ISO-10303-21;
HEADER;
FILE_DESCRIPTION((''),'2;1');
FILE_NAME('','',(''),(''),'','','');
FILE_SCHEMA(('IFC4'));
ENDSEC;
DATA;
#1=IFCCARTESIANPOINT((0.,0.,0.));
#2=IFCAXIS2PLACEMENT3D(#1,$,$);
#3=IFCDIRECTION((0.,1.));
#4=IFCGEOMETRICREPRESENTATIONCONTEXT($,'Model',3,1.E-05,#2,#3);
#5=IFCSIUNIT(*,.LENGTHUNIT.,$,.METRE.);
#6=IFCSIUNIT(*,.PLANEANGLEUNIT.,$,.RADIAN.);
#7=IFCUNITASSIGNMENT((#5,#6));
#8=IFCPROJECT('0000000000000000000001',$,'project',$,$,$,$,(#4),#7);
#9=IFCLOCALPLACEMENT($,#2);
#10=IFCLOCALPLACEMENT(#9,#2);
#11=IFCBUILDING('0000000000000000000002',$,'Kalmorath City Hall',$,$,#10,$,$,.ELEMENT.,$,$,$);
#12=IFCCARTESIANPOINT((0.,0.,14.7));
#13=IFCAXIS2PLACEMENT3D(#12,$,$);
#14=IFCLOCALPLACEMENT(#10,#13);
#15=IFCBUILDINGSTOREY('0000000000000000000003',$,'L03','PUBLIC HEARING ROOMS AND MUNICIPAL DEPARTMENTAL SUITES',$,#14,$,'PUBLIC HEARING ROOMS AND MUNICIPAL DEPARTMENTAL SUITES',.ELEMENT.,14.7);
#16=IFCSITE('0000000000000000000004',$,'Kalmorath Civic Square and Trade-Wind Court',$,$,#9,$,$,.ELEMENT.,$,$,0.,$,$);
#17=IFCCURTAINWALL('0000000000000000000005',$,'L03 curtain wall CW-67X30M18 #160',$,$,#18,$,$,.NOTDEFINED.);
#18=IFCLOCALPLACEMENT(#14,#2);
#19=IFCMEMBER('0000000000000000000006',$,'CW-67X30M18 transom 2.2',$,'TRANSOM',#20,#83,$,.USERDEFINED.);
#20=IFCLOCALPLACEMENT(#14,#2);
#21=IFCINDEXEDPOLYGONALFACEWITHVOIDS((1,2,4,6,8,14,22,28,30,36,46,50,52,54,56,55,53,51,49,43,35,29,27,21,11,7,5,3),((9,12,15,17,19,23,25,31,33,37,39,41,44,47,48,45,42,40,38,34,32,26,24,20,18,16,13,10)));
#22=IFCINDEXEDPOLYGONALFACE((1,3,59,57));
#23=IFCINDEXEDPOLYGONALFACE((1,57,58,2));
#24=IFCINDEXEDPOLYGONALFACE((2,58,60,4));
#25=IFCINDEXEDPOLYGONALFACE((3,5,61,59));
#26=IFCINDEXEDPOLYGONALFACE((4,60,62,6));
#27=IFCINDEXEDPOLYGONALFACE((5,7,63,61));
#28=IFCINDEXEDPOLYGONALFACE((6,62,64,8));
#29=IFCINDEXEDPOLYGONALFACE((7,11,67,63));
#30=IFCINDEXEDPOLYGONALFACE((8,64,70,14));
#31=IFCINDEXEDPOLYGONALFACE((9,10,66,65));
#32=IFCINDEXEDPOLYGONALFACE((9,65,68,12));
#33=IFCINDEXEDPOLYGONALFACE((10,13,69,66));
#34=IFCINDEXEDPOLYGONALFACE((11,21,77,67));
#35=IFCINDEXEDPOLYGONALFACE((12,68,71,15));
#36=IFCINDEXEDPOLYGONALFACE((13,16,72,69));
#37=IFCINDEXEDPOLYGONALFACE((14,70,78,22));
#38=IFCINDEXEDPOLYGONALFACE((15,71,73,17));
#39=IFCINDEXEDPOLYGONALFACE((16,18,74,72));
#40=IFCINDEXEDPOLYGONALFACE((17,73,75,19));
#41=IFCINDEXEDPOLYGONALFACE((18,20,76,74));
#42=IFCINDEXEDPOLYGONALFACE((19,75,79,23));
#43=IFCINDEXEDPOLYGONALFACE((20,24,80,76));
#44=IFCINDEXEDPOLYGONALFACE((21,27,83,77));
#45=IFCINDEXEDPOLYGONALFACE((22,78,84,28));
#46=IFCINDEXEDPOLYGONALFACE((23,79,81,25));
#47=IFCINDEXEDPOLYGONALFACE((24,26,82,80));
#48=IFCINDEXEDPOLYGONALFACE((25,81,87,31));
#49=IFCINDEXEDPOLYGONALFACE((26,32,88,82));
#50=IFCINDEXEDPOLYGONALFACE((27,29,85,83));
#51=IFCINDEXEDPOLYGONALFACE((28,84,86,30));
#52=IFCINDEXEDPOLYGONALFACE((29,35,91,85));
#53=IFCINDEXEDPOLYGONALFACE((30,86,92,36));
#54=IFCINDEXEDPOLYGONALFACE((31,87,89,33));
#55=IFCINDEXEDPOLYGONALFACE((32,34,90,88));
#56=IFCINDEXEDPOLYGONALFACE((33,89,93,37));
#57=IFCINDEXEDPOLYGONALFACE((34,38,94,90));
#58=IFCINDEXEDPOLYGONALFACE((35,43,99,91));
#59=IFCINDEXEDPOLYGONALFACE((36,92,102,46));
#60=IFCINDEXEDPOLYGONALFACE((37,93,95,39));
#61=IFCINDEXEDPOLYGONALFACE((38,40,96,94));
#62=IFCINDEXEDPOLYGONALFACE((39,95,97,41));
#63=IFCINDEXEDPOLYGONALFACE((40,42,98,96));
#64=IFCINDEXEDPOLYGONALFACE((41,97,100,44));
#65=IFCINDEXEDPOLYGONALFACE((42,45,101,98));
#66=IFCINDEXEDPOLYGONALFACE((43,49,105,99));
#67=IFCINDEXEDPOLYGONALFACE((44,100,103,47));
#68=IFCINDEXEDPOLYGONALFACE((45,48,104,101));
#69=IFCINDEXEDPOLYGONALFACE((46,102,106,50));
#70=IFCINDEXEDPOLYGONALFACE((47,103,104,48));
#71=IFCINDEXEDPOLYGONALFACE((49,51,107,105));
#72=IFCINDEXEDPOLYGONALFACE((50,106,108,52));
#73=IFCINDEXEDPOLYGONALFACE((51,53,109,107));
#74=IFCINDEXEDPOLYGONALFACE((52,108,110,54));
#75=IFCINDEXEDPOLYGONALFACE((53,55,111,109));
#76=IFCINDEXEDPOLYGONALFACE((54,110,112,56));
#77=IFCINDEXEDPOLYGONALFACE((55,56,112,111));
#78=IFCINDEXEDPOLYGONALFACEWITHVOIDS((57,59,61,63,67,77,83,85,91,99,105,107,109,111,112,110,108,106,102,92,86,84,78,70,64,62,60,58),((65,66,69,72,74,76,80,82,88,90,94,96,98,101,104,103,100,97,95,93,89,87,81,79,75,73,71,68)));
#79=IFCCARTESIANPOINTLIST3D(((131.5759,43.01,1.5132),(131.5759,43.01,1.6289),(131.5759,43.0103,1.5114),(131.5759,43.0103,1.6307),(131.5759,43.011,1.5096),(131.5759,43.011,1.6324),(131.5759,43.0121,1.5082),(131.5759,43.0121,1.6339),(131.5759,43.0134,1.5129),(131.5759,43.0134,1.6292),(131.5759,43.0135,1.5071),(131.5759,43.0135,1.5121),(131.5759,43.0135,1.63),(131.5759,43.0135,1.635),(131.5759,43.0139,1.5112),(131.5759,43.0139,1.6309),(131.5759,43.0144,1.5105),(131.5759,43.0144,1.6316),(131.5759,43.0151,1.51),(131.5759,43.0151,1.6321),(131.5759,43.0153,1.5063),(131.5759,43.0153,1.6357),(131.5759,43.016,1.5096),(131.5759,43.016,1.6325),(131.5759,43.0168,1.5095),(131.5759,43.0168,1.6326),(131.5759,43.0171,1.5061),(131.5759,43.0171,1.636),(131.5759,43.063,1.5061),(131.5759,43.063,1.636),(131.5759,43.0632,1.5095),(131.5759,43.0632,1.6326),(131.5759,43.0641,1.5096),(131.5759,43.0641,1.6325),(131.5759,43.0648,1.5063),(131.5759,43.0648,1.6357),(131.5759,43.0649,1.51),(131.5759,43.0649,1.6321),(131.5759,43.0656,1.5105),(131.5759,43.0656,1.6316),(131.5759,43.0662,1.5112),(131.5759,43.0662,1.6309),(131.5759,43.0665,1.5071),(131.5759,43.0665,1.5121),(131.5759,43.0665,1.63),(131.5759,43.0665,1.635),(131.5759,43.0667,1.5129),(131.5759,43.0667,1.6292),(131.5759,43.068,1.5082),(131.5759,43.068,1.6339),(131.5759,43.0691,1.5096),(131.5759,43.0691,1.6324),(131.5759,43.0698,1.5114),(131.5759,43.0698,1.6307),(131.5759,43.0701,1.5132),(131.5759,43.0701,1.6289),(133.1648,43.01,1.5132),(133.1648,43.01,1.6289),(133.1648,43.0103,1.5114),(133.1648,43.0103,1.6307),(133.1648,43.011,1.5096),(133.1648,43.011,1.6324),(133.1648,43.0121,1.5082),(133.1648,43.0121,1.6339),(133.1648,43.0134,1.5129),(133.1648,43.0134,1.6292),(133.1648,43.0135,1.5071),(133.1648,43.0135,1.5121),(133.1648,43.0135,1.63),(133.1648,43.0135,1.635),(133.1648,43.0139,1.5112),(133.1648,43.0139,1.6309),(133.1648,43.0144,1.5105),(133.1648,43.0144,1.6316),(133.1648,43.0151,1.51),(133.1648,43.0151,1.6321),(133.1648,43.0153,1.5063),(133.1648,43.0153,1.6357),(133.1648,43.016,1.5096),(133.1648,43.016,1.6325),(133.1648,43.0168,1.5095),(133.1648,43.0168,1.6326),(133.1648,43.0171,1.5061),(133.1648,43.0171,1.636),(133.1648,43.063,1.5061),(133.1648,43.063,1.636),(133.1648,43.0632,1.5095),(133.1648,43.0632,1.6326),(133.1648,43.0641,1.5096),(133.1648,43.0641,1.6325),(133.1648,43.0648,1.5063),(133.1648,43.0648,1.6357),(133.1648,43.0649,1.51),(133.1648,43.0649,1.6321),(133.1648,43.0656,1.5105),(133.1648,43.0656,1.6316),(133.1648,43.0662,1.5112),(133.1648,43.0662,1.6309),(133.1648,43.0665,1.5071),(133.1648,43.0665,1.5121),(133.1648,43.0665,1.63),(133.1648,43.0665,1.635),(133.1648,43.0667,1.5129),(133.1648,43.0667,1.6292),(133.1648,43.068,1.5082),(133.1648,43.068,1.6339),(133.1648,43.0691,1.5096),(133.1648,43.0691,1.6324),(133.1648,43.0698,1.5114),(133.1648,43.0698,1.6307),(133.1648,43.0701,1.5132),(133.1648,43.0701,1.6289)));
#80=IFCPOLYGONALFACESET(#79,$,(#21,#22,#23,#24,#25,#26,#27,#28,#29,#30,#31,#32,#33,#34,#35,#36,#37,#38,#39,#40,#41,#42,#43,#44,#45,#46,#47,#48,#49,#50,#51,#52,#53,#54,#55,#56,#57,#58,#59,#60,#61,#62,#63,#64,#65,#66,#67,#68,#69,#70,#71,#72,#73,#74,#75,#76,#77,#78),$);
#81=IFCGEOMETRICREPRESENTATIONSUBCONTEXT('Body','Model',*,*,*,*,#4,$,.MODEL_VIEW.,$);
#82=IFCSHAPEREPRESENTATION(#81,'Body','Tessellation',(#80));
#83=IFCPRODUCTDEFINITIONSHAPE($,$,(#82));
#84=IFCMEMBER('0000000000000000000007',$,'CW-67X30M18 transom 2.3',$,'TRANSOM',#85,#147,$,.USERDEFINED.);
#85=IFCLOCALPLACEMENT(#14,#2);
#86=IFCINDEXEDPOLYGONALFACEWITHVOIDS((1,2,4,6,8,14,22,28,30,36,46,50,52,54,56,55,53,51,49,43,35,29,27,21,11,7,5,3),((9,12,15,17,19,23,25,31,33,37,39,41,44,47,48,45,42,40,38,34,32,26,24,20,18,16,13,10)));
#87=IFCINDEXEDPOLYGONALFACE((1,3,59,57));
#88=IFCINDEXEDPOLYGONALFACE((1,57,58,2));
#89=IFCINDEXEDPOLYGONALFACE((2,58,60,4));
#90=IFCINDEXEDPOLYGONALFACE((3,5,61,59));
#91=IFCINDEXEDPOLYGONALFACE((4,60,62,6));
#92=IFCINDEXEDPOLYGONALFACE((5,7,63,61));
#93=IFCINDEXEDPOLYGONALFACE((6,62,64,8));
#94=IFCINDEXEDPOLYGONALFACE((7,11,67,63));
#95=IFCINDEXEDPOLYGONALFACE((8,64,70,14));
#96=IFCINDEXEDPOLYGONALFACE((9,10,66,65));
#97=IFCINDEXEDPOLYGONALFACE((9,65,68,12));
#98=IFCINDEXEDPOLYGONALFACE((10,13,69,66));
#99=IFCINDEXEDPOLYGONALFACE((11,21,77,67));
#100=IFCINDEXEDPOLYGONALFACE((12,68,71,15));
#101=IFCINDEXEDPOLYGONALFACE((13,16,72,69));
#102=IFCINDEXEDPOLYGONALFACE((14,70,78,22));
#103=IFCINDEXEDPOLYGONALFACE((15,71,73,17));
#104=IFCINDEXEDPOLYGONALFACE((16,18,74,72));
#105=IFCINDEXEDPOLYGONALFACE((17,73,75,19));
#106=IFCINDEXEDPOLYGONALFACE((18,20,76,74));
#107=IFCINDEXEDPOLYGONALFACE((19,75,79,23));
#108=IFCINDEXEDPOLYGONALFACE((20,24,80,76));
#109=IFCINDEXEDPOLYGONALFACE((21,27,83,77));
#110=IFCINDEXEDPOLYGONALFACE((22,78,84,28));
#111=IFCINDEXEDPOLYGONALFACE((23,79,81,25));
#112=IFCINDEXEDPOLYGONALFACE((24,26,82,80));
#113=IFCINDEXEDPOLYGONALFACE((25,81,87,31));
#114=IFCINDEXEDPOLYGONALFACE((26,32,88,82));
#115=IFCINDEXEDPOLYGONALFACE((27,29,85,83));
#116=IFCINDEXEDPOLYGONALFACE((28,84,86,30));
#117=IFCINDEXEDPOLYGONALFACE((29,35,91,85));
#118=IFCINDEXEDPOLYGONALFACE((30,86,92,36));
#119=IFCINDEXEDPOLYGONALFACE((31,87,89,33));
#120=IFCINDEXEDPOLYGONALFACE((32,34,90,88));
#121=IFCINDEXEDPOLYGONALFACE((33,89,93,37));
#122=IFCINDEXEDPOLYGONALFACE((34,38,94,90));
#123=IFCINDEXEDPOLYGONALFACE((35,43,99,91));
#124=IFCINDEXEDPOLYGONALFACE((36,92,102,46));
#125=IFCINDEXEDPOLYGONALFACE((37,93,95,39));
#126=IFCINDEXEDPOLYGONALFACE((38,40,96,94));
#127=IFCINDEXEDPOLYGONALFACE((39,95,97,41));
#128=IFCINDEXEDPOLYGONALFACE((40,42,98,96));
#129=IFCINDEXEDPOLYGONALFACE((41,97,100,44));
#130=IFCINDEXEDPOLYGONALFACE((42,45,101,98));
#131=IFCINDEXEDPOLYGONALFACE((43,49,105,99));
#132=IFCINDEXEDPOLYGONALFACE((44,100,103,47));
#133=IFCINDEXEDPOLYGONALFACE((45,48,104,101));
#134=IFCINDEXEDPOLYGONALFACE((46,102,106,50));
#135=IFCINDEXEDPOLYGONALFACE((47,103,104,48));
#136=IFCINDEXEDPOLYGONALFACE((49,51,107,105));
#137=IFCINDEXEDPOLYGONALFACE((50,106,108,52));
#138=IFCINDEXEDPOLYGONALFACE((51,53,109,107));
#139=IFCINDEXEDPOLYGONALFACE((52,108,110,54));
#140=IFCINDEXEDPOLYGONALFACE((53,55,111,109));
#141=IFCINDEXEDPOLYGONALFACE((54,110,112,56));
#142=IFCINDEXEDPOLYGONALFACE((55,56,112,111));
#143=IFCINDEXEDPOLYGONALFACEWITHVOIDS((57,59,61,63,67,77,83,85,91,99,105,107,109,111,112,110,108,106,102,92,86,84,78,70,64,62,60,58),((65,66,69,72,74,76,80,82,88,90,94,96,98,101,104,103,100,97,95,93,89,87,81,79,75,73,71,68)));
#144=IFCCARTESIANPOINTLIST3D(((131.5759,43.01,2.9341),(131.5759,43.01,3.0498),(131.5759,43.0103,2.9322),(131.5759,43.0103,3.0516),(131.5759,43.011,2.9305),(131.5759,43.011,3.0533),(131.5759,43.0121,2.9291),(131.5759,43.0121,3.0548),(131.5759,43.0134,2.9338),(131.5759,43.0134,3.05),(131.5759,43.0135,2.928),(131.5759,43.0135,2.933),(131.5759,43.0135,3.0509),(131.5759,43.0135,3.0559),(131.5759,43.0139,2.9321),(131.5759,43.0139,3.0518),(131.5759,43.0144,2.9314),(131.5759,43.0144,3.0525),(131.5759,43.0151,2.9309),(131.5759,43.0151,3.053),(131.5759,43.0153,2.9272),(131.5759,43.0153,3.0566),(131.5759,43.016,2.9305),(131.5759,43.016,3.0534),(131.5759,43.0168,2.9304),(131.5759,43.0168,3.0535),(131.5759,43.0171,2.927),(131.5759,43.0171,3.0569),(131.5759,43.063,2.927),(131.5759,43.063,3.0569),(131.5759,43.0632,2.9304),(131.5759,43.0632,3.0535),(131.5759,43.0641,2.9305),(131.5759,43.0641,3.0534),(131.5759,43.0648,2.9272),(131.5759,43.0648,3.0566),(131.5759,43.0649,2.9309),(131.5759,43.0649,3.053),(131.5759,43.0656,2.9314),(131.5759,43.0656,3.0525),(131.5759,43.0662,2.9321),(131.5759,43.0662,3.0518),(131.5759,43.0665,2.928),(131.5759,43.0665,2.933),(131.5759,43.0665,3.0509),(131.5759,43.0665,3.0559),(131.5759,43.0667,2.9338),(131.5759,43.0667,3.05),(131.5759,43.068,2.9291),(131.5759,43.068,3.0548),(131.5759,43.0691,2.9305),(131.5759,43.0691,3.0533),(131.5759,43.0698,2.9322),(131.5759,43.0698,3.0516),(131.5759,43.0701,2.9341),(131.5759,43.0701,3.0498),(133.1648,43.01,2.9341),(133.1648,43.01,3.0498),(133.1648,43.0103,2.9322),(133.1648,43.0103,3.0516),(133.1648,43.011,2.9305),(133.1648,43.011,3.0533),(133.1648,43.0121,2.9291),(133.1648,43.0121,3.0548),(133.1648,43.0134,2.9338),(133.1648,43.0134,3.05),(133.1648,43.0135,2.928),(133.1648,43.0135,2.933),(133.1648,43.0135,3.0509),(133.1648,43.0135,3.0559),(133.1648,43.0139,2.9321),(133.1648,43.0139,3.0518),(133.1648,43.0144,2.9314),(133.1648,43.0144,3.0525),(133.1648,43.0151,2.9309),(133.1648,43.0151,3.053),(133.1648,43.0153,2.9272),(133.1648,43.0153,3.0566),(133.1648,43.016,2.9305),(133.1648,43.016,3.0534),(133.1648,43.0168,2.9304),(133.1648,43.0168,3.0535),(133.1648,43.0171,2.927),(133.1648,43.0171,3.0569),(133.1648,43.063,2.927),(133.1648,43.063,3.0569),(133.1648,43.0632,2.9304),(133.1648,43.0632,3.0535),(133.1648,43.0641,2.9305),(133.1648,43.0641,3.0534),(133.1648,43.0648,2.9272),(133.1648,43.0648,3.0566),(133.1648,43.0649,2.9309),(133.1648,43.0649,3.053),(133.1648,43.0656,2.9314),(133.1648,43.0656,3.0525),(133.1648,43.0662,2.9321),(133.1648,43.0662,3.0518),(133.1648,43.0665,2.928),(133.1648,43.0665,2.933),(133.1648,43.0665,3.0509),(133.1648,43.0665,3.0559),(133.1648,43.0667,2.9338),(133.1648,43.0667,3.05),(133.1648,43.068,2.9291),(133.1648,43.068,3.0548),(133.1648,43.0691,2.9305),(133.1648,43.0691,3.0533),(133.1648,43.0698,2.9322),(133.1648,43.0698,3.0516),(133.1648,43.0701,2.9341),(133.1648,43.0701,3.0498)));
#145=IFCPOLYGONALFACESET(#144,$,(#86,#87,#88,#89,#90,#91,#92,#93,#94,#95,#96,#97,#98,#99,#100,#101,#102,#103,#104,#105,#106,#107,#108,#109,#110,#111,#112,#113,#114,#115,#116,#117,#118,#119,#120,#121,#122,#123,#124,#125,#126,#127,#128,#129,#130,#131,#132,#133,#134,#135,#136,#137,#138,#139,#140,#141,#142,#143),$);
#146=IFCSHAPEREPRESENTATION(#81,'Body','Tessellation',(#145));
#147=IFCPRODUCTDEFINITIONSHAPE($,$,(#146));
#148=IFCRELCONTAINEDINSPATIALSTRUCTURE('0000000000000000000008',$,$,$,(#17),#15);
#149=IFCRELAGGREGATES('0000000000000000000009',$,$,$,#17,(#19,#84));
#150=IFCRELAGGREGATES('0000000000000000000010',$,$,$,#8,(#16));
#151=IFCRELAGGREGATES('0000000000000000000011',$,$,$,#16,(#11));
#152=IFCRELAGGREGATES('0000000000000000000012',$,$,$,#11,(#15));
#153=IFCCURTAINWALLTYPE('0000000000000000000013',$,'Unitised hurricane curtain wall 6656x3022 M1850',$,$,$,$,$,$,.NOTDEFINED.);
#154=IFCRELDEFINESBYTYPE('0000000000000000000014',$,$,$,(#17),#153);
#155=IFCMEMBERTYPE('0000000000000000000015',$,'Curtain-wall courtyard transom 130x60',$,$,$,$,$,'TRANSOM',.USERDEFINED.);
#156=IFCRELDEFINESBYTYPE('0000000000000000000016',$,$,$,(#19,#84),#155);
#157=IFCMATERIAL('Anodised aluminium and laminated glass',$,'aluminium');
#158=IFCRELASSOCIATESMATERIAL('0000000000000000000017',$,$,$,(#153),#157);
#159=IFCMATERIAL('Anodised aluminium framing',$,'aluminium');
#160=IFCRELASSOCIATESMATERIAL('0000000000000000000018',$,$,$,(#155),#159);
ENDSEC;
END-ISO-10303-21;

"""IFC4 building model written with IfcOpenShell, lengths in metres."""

from ifc_helpers import new_model, si_unit, direction, frame, origin, origin_2d, place, context, subcontext, project, spatial, hollow_rectangle, extrude, material, material_profile, profile_set, type_object, element, aggregate, save


model = new_model("IFC4")

# Units and contexts
model_context = context("Model", 3, precision=1e-05, world=origin(), true_north=direction((0.0, 1.0)))
body_context = subcontext(model_context, "Body", "Model", "MODEL_VIEW")
ifc_project = project(units=[si_unit("LENGTHUNIT", "METRE"), si_unit("PLANEANGLEUNIT", "RADIAN")], contexts=[model_context])

# Site, building, storey
site_placement = place(None, origin())
site = spatial("IfcSite", under=ifc_project, at=site_placement, Name="Kalmorath Civic Square and Trade-Wind Court", CompositionType="ELEMENT", RefElevation=0.0)
building_placement = place(site_placement, origin())
building = spatial("IfcBuilding", under=site, at=building_placement, Name="Kalmorath City Hall", CompositionType="ELEMENT")
storey_placement = place(building_placement, frame((0.0, 0.0, 14.7)))
storey = spatial("IfcBuildingStorey", under=building, at=storey_placement, Name="L03", Description="PUBLIC HEARING ROOMS AND MUNICIPAL DEPARTMENTAL SUITES", LongName="PUBLIC HEARING ROOMS AND MUNICIPAL DEPARTMENTAL SUITES", CompositionType="ELEMENT", Elevation=14.7)

# Curtain wall, members
ifc_material_1 = material(Name="Anodised aluminium and laminated glass", Category="aluminium")
curtain_wall_type = type_object("IfcCurtainWallType", Name="Unitised hurricane curtain wall 6656x3022 M1850", PredefinedType="NOTDEFINED", material=ifc_material_1)
curtain_wall_placement = place(storey_placement, origin())
curtain_wall = element("IfcCurtainWall", 1, at=curtain_wall_placement, inside=storey, type_object=curtain_wall_type, Name="L03 curtain wall CW-67X30M18 #160", PredefinedType="NOTDEFINED")
ifc_material_2 = material(Name="Anodised aluminium framing", Category="aluminium")
ifc_material_profile_1 = material_profile(ifc_material_2, hollow_rectangle(XDim=0.0601, YDim=0.1299, WallThickness=0.0034, InnerFilletRadius=0.0034, OuterFilletRadius=0.0071, at=origin_2d()), Name="ALU-TRN-130X60X3.5")
ifc_profile_set_1 = profile_set([ifc_material_profile_1], Name="Anodised aluminium framing")
member_type_1 = type_object("IfcMemberType", Name="Curtain-wall courtyard transom 130x60", ElementType="TRANSOM", PredefinedType="USERDEFINED", material=ifc_profile_set_1)
member_1_placement = place(storey_placement, frame((131.5759, 43.04, 1.571), z_axis=(1.0, 0.0, 0.0), x_axis=(0.0, 1.0, 0.0)))
member_1 = element("IfcMember", 2, at=member_1_placement, type_object=member_type_1, Name="CW-67X30M18 transom 2.2", ObjectType="TRANSOM", PredefinedType="USERDEFINED", context=body_context, shape_type="SweptSolid", body=[
    extrude(hollow_rectangle(XDim=0.0601, YDim=0.1299, WallThickness=0.0034, InnerFilletRadius=0.0034, OuterFilletRadius=0.0071, at=origin_2d()), origin(), (0.0, 0.0, 1.0), 1.5889),
])
member_2_placement = place(storey_placement, frame((131.5759, 43.04, 2.9919), z_axis=(1.0, 0.0, 0.0), x_axis=(0.0, 1.0, 0.0)))
member_2 = element("IfcMember", 3, at=member_2_placement, type_object=member_type_1, Name="CW-67X30M18 transom 2.3", ObjectType="TRANSOM", PredefinedType="USERDEFINED", context=body_context, shape_type="SweptSolid", body=[
    extrude(hollow_rectangle(XDim=0.0601, YDim=0.1299, WallThickness=0.0034, InnerFilletRadius=0.0034, OuterFilletRadius=0.0071, at=origin_2d()), origin(), (0.0, 0.0, 1.0), 1.5889),
])
aggregate(curtain_wall, [member_1, member_2])

save(model, "model.ifc")
